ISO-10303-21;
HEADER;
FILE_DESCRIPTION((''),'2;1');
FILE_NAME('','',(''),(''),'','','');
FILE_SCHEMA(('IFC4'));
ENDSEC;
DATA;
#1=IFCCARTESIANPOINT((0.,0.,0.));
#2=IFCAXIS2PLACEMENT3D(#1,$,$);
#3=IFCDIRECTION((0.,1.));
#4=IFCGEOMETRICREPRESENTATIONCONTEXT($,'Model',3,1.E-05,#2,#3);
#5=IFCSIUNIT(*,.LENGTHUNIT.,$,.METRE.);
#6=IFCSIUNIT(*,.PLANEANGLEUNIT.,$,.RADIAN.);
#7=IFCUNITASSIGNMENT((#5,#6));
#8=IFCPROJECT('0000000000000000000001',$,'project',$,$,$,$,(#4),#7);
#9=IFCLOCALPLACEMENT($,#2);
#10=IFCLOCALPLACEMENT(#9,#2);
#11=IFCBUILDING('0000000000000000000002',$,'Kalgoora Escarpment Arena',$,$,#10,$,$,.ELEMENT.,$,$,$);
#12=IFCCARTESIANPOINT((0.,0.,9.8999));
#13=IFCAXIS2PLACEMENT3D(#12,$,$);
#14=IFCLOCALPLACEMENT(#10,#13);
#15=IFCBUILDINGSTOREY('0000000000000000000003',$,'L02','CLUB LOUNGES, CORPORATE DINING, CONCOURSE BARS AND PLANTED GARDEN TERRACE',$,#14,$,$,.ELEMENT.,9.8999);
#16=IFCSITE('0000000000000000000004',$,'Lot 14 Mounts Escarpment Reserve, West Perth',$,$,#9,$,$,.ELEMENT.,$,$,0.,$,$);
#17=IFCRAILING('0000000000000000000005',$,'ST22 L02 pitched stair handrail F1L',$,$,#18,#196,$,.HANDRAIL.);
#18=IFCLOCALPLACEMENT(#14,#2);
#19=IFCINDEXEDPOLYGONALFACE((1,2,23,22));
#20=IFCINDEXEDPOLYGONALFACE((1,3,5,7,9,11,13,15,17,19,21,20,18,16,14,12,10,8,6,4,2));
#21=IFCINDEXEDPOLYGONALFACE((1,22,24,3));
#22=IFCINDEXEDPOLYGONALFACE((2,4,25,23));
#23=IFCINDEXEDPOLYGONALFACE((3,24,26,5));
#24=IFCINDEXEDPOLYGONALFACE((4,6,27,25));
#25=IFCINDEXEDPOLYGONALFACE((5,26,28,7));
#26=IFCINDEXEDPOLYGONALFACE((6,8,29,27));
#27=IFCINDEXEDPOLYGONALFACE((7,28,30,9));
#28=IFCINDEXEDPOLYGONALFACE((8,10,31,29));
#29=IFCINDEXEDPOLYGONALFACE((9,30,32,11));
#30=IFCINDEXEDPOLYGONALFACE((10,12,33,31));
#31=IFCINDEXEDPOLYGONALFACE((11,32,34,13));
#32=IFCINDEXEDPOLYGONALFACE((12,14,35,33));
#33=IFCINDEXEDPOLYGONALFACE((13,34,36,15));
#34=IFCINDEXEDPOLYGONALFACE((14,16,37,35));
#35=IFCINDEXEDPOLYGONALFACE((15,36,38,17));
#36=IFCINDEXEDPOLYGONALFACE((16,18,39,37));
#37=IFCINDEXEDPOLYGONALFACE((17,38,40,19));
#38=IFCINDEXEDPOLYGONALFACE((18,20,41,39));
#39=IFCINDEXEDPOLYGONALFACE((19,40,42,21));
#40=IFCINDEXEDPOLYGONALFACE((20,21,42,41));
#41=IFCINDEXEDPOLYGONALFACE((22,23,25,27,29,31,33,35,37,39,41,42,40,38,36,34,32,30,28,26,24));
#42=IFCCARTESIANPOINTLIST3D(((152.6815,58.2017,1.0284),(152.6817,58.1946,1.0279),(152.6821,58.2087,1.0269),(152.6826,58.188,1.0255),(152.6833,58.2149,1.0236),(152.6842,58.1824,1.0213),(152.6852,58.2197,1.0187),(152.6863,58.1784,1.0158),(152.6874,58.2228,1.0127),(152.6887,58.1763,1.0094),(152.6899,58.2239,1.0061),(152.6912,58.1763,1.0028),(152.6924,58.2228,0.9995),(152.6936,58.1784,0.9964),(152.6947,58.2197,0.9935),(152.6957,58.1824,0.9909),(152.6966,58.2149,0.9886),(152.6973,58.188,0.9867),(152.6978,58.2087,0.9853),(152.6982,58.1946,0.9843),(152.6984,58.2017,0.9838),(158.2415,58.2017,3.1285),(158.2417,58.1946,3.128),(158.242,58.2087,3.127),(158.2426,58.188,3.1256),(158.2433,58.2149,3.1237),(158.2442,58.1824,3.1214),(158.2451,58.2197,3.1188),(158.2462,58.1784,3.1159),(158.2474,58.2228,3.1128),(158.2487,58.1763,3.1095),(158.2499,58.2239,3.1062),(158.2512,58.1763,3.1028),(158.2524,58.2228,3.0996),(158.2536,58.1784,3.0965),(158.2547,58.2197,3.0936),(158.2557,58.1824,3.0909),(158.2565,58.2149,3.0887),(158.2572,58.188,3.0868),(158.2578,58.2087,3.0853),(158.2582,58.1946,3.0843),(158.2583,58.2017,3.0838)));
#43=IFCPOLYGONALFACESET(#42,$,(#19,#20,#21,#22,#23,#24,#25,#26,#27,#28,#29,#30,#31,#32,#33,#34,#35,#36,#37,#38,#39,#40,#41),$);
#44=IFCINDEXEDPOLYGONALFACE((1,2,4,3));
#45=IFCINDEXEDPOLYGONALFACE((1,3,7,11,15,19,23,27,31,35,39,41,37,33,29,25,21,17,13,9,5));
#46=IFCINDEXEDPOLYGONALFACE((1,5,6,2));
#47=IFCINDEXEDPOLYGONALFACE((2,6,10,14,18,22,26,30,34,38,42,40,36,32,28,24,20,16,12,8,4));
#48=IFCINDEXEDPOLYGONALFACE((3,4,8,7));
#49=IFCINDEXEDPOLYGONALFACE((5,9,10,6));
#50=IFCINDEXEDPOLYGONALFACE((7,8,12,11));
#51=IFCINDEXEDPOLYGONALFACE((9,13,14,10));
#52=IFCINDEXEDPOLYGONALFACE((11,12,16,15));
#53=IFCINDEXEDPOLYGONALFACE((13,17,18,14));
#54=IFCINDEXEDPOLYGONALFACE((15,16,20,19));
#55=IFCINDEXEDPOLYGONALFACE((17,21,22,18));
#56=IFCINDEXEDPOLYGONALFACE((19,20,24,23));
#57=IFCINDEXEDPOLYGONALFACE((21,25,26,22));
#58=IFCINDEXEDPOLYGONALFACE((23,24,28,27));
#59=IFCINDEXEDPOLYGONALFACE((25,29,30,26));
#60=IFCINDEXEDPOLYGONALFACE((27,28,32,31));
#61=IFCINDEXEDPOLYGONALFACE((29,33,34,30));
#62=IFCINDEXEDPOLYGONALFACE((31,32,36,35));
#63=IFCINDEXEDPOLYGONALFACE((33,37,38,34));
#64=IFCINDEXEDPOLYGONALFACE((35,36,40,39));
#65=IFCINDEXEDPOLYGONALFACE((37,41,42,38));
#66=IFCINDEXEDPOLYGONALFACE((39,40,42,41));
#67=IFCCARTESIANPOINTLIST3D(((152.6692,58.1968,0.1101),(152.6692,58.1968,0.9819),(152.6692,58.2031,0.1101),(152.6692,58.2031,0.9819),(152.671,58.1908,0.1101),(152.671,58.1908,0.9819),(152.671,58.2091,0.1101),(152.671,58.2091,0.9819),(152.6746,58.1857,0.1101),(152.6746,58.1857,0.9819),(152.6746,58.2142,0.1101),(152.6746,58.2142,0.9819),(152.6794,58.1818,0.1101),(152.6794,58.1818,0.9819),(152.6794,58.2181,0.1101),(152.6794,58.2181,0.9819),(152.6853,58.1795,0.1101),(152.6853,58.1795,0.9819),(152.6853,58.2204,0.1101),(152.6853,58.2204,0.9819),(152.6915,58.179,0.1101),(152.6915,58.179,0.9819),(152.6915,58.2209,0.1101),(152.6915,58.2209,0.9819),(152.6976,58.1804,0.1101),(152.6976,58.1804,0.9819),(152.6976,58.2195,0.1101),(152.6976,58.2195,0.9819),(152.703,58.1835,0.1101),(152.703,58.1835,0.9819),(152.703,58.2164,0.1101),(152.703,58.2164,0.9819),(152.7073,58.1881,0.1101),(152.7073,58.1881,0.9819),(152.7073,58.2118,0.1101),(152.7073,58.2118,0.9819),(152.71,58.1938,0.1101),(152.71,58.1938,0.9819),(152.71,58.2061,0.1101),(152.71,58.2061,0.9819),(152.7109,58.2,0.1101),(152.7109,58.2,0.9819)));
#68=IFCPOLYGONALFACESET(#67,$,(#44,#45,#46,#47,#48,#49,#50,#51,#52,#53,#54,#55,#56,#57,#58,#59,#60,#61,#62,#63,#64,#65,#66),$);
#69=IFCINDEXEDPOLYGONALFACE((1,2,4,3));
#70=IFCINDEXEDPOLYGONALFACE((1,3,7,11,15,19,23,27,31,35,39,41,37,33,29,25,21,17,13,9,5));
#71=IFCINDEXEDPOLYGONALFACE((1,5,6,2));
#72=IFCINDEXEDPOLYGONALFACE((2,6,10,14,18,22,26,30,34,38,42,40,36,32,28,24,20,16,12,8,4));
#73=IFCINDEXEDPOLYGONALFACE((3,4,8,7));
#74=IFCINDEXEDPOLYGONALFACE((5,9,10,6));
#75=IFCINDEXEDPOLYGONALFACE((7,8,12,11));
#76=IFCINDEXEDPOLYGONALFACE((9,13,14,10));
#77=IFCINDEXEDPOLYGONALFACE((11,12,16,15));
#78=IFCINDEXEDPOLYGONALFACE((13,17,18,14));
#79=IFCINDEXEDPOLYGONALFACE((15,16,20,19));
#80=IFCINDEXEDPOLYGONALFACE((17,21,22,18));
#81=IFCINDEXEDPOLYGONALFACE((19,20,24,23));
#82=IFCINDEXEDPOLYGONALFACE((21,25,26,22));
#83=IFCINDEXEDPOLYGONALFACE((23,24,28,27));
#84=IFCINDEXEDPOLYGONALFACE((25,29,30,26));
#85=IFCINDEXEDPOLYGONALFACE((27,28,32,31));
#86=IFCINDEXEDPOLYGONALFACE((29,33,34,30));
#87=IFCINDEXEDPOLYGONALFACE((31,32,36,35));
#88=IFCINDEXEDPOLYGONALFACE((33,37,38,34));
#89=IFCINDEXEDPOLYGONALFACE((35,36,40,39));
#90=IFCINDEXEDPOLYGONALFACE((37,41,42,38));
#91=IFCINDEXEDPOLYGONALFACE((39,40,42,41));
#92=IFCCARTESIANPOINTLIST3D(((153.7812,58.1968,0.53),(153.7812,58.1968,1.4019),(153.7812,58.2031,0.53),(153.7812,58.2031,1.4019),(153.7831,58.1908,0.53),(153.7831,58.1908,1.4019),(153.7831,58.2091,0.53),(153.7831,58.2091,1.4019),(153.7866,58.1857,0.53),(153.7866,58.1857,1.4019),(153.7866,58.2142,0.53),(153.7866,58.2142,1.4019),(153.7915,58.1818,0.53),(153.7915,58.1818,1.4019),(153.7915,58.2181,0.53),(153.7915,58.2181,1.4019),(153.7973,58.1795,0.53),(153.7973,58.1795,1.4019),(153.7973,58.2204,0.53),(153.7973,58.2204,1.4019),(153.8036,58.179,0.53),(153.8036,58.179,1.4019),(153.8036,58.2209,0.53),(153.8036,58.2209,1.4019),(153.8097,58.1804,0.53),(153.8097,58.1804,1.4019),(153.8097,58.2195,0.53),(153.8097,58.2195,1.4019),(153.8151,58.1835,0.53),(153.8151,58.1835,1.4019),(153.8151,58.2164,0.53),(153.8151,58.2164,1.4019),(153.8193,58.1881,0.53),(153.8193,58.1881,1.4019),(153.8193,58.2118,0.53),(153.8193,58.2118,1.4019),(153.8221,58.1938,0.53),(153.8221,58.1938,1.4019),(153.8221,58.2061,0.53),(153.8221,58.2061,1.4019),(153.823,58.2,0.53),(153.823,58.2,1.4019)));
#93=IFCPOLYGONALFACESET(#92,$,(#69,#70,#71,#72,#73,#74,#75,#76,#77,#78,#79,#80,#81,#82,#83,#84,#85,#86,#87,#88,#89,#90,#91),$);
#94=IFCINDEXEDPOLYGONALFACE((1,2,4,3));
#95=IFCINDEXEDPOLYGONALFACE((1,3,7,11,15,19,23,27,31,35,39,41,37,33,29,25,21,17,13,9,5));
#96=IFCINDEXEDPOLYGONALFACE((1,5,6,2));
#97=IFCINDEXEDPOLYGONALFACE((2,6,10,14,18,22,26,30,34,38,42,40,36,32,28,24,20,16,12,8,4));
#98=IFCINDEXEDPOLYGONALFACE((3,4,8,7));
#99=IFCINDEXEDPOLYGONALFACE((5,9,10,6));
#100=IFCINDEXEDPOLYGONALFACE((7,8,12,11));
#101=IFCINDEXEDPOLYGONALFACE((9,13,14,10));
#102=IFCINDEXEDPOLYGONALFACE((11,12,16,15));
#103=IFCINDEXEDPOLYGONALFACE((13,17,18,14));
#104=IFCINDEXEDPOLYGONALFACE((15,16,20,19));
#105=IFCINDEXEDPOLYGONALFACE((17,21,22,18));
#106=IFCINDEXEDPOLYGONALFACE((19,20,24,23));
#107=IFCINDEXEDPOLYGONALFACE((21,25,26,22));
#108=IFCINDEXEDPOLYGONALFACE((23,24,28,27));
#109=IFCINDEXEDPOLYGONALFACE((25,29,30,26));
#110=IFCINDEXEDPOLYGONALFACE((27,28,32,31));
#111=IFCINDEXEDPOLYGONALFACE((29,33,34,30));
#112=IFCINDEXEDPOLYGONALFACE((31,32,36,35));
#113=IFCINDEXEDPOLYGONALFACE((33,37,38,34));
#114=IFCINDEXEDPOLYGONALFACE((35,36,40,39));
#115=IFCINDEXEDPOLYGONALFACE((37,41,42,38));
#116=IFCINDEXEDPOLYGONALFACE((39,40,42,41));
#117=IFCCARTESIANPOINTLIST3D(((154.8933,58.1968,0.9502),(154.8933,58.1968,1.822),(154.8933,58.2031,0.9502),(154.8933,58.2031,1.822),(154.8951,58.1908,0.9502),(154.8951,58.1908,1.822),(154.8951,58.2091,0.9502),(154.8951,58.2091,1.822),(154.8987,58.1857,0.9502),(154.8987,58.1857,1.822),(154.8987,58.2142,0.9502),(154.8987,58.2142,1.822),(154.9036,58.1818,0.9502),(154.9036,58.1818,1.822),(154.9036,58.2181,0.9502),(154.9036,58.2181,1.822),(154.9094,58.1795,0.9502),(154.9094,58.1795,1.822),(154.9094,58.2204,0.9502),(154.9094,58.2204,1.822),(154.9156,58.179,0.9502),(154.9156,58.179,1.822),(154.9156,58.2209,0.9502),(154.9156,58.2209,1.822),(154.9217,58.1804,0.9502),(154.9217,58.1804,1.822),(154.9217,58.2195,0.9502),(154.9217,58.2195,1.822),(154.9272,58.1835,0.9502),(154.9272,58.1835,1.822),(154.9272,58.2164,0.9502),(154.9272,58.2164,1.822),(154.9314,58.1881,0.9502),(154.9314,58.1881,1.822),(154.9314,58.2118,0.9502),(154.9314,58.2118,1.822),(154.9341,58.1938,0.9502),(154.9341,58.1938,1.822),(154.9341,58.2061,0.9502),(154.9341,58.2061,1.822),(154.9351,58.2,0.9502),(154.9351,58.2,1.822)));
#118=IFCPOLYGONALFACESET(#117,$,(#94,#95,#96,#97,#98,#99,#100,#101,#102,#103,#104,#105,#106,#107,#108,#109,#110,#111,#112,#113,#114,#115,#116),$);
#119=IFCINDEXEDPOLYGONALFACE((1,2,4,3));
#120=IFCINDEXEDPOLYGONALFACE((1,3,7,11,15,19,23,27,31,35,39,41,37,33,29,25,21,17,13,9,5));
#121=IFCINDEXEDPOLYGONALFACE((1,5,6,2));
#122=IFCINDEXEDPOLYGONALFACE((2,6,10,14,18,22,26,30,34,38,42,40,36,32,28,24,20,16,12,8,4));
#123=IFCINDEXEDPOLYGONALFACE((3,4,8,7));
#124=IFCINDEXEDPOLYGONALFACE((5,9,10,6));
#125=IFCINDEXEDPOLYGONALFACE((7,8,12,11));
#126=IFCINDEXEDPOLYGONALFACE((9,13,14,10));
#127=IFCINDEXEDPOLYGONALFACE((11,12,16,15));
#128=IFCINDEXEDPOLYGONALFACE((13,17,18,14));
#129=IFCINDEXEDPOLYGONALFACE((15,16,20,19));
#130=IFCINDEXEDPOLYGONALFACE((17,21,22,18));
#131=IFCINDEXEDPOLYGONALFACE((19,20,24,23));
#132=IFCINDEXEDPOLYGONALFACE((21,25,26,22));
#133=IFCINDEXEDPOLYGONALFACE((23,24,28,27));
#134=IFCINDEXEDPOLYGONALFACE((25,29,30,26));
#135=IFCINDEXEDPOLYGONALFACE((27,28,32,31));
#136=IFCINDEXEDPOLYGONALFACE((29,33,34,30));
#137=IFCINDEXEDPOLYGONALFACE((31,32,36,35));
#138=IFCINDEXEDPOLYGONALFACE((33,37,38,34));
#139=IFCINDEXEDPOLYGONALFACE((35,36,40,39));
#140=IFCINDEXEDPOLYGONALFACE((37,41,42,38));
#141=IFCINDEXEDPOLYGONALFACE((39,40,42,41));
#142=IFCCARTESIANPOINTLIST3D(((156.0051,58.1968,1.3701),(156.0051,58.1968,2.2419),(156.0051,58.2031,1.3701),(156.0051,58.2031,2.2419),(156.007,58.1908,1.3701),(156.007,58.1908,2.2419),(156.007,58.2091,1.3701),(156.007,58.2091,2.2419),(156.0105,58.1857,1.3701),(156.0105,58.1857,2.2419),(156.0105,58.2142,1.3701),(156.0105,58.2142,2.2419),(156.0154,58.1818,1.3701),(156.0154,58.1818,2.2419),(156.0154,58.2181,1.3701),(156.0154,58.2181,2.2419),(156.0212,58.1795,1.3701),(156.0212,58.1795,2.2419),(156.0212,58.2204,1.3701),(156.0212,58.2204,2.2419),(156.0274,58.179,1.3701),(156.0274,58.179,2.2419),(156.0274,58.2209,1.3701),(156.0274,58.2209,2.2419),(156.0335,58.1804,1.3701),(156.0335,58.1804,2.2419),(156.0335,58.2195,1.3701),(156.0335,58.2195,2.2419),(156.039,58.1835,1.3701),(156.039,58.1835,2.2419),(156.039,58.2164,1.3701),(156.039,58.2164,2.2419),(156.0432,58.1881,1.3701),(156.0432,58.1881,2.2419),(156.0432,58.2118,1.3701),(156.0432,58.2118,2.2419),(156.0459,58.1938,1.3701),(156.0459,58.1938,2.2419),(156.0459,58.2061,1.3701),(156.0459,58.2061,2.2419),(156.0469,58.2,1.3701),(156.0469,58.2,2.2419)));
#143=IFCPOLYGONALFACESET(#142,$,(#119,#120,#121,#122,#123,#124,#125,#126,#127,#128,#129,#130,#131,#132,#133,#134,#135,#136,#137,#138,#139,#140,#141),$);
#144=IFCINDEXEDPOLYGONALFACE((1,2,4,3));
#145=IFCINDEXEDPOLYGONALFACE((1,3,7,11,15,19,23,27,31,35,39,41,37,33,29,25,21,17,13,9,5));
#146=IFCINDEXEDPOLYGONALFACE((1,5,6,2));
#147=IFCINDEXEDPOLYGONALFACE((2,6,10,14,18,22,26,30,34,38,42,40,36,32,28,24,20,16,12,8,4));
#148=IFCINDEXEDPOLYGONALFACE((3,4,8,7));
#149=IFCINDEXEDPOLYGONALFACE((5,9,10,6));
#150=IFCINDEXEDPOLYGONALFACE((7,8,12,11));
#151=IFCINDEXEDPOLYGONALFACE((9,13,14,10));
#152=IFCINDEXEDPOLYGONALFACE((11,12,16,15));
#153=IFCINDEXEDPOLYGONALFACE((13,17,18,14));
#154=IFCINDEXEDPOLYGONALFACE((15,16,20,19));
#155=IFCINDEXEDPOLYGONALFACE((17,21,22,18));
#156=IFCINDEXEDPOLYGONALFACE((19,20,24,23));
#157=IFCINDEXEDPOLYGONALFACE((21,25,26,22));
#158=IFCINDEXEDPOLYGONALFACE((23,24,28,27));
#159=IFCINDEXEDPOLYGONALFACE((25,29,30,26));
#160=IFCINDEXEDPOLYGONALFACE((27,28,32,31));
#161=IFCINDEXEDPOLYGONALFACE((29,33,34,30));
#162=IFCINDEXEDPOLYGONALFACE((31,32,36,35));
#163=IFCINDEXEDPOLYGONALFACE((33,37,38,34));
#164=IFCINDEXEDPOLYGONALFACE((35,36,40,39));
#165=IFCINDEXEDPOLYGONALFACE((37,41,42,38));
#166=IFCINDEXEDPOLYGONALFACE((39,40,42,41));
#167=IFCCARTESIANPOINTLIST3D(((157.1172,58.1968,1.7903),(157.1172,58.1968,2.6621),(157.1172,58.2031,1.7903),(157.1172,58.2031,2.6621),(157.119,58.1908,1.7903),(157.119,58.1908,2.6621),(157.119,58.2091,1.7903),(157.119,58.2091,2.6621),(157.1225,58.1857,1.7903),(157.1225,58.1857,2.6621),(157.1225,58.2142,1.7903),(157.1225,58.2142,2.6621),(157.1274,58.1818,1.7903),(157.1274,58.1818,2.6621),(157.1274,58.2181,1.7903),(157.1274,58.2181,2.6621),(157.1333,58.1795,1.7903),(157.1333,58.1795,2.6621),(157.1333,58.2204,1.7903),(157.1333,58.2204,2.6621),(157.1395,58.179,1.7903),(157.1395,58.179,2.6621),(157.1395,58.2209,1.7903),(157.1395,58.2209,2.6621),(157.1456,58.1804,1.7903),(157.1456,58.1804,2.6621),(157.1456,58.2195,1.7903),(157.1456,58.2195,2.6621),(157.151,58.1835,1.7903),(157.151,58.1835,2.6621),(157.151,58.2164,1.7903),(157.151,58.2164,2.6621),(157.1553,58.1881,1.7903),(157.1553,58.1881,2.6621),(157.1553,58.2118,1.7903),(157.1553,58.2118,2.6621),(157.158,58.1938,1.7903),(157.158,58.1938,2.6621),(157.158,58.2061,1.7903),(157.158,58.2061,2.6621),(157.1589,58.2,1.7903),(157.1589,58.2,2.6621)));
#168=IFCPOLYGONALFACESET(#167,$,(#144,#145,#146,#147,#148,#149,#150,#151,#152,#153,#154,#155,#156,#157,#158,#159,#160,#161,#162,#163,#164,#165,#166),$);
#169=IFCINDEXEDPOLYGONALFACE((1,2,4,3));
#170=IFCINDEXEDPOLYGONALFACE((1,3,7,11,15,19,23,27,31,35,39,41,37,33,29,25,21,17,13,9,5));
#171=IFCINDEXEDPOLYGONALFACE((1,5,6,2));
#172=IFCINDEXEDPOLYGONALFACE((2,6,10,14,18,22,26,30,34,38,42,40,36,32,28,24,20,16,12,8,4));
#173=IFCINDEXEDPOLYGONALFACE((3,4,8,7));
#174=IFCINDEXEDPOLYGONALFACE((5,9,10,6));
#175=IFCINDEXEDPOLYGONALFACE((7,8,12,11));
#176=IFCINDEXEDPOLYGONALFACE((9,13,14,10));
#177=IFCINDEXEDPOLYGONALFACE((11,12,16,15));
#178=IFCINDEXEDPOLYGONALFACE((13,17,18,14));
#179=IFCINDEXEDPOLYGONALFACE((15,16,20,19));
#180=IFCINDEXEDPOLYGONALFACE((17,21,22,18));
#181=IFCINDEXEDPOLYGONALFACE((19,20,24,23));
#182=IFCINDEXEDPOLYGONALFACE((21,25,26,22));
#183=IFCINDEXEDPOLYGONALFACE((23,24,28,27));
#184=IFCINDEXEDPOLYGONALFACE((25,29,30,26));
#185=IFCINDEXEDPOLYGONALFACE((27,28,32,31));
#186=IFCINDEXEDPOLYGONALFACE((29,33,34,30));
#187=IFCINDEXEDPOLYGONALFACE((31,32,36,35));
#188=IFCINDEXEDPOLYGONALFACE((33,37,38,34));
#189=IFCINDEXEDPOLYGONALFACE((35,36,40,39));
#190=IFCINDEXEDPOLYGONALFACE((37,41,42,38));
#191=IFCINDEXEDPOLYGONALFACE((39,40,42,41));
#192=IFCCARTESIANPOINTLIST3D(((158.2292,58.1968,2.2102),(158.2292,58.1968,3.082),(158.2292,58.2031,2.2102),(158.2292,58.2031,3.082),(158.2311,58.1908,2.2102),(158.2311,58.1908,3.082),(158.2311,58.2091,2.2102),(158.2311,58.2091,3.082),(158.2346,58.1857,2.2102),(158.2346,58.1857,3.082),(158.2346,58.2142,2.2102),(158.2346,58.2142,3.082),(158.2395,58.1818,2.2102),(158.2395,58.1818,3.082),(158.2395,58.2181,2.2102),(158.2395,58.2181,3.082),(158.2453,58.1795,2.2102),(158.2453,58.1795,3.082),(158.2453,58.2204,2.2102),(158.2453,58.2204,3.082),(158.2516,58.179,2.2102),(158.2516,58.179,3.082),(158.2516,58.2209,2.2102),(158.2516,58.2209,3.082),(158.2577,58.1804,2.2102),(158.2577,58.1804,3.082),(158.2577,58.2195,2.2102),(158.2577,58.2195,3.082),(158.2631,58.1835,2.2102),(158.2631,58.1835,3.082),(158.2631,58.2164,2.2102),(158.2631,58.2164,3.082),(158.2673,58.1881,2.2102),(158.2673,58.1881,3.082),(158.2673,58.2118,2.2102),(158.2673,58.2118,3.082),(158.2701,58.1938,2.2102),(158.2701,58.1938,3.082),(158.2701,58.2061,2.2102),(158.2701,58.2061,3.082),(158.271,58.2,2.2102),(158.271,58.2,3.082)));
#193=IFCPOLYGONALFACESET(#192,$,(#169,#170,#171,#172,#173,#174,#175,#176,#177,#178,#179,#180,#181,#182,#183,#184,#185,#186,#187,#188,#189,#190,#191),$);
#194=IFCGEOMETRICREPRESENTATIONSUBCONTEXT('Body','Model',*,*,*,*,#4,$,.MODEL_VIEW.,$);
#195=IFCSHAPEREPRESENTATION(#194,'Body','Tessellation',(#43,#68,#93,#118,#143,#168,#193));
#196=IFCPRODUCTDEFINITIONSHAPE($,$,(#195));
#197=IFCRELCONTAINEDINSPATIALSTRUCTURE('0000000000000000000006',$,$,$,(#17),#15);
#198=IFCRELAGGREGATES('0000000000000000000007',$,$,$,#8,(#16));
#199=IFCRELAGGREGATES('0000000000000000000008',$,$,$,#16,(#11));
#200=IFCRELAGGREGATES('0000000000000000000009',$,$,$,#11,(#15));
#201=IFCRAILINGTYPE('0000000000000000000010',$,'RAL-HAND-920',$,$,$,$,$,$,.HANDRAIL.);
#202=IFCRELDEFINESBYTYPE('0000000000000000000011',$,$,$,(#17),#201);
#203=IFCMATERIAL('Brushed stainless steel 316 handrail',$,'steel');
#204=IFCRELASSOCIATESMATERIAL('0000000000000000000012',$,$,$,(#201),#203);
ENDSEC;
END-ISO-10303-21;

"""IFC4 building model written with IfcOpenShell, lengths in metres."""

from ifc_helpers import new_model, si_unit, direction, frame, origin, origin_2d, place, context, subcontext, project, spatial, circle, extrude, material, type_object, element, save


model = new_model("IFC4")

# Units and contexts
model_context = context("Model", 3, precision=1e-05, world=origin(), true_north=direction((0.0, 1.0)))
body_context = subcontext(model_context, "Body", "Model", "MODEL_VIEW")
ifc_project = project(units=[si_unit("LENGTHUNIT", "METRE"), si_unit("PLANEANGLEUNIT", "RADIAN")], contexts=[model_context])

# Site, building, storey
site_placement = place(None, origin())
site = spatial("IfcSite", under=ifc_project, at=site_placement, Name="Lot 14 Mounts Escarpment Reserve, West Perth", CompositionType="ELEMENT", RefElevation=0.0)
building_placement = place(site_placement, origin())
building = spatial("IfcBuilding", under=site, at=building_placement, Name="Kalgoora Escarpment Arena", CompositionType="ELEMENT")
storey_placement = place(building_placement, frame((0.0, 0.0, 9.8999)))
storey = spatial("IfcBuildingStorey", under=building, at=storey_placement, Name="L02", Description="CLUB LOUNGES, CORPORATE DINING, CONCOURSE BARS AND PLANTED GARDEN TERRACE", CompositionType="ELEMENT", Elevation=9.8999)

# Railing
ifc_material_1 = material(Name="Brushed stainless steel 316 handrail", Category="steel")
railing_type_1 = type_object("IfcRailingType", Name="RAL-HAND-920", PredefinedType="HANDRAIL", material=ifc_material_1)
for number, where, name in (
    (1, (152.6899, 58.2, 0.1101), "ST22 L02 pitched stair handrail F1L"),
):
    element("IfcRailing", number, at=place(storey_placement, frame(where)), inside=storey, type_object=railing_type_1, Name=name, PredefinedType="HANDRAIL", context=body_context, shape_type="SweptSolid", body=[
        extrude(circle(Radius=0.0239, at=origin_2d()), frame((0.0, 0.0, 0.896), z_axis=(0.935493, 0.0, 0.353346), x_axis=(0.0, 1.0, 0.0)), (0.0, 0.0, 1.0), 5.9434),
        extrude(circle(Radius=0.021, at=origin_2d()), origin(), (0.0, 0.0, 1.0), 0.8718),
        extrude(circle(Radius=0.021, at=origin_2d()), frame((1.1121, 0.0, 0.4199)), (0.0, 0.0, 1.0), 0.8718),
        extrude(circle(Radius=0.021, at=origin_2d()), frame((2.2241, 0.0, 0.8401)), (0.0, 0.0, 1.0), 0.8718),
        extrude(circle(Radius=0.021, at=origin_2d()), frame((3.3359, 0.0, 1.26)), (0.0, 0.0, 1.0), 0.8718),
        extrude(circle(Radius=0.021, at=origin_2d()), frame((4.448, 0.0, 1.6802)), (0.0, 0.0, 1.0), 0.8718),
        extrude(circle(Radius=0.021, at=origin_2d()), frame((5.5601, 0.0, 2.1001)), (0.0, 0.0, 1.0), 0.8718),
    ])

save(model, "model.ifc")
